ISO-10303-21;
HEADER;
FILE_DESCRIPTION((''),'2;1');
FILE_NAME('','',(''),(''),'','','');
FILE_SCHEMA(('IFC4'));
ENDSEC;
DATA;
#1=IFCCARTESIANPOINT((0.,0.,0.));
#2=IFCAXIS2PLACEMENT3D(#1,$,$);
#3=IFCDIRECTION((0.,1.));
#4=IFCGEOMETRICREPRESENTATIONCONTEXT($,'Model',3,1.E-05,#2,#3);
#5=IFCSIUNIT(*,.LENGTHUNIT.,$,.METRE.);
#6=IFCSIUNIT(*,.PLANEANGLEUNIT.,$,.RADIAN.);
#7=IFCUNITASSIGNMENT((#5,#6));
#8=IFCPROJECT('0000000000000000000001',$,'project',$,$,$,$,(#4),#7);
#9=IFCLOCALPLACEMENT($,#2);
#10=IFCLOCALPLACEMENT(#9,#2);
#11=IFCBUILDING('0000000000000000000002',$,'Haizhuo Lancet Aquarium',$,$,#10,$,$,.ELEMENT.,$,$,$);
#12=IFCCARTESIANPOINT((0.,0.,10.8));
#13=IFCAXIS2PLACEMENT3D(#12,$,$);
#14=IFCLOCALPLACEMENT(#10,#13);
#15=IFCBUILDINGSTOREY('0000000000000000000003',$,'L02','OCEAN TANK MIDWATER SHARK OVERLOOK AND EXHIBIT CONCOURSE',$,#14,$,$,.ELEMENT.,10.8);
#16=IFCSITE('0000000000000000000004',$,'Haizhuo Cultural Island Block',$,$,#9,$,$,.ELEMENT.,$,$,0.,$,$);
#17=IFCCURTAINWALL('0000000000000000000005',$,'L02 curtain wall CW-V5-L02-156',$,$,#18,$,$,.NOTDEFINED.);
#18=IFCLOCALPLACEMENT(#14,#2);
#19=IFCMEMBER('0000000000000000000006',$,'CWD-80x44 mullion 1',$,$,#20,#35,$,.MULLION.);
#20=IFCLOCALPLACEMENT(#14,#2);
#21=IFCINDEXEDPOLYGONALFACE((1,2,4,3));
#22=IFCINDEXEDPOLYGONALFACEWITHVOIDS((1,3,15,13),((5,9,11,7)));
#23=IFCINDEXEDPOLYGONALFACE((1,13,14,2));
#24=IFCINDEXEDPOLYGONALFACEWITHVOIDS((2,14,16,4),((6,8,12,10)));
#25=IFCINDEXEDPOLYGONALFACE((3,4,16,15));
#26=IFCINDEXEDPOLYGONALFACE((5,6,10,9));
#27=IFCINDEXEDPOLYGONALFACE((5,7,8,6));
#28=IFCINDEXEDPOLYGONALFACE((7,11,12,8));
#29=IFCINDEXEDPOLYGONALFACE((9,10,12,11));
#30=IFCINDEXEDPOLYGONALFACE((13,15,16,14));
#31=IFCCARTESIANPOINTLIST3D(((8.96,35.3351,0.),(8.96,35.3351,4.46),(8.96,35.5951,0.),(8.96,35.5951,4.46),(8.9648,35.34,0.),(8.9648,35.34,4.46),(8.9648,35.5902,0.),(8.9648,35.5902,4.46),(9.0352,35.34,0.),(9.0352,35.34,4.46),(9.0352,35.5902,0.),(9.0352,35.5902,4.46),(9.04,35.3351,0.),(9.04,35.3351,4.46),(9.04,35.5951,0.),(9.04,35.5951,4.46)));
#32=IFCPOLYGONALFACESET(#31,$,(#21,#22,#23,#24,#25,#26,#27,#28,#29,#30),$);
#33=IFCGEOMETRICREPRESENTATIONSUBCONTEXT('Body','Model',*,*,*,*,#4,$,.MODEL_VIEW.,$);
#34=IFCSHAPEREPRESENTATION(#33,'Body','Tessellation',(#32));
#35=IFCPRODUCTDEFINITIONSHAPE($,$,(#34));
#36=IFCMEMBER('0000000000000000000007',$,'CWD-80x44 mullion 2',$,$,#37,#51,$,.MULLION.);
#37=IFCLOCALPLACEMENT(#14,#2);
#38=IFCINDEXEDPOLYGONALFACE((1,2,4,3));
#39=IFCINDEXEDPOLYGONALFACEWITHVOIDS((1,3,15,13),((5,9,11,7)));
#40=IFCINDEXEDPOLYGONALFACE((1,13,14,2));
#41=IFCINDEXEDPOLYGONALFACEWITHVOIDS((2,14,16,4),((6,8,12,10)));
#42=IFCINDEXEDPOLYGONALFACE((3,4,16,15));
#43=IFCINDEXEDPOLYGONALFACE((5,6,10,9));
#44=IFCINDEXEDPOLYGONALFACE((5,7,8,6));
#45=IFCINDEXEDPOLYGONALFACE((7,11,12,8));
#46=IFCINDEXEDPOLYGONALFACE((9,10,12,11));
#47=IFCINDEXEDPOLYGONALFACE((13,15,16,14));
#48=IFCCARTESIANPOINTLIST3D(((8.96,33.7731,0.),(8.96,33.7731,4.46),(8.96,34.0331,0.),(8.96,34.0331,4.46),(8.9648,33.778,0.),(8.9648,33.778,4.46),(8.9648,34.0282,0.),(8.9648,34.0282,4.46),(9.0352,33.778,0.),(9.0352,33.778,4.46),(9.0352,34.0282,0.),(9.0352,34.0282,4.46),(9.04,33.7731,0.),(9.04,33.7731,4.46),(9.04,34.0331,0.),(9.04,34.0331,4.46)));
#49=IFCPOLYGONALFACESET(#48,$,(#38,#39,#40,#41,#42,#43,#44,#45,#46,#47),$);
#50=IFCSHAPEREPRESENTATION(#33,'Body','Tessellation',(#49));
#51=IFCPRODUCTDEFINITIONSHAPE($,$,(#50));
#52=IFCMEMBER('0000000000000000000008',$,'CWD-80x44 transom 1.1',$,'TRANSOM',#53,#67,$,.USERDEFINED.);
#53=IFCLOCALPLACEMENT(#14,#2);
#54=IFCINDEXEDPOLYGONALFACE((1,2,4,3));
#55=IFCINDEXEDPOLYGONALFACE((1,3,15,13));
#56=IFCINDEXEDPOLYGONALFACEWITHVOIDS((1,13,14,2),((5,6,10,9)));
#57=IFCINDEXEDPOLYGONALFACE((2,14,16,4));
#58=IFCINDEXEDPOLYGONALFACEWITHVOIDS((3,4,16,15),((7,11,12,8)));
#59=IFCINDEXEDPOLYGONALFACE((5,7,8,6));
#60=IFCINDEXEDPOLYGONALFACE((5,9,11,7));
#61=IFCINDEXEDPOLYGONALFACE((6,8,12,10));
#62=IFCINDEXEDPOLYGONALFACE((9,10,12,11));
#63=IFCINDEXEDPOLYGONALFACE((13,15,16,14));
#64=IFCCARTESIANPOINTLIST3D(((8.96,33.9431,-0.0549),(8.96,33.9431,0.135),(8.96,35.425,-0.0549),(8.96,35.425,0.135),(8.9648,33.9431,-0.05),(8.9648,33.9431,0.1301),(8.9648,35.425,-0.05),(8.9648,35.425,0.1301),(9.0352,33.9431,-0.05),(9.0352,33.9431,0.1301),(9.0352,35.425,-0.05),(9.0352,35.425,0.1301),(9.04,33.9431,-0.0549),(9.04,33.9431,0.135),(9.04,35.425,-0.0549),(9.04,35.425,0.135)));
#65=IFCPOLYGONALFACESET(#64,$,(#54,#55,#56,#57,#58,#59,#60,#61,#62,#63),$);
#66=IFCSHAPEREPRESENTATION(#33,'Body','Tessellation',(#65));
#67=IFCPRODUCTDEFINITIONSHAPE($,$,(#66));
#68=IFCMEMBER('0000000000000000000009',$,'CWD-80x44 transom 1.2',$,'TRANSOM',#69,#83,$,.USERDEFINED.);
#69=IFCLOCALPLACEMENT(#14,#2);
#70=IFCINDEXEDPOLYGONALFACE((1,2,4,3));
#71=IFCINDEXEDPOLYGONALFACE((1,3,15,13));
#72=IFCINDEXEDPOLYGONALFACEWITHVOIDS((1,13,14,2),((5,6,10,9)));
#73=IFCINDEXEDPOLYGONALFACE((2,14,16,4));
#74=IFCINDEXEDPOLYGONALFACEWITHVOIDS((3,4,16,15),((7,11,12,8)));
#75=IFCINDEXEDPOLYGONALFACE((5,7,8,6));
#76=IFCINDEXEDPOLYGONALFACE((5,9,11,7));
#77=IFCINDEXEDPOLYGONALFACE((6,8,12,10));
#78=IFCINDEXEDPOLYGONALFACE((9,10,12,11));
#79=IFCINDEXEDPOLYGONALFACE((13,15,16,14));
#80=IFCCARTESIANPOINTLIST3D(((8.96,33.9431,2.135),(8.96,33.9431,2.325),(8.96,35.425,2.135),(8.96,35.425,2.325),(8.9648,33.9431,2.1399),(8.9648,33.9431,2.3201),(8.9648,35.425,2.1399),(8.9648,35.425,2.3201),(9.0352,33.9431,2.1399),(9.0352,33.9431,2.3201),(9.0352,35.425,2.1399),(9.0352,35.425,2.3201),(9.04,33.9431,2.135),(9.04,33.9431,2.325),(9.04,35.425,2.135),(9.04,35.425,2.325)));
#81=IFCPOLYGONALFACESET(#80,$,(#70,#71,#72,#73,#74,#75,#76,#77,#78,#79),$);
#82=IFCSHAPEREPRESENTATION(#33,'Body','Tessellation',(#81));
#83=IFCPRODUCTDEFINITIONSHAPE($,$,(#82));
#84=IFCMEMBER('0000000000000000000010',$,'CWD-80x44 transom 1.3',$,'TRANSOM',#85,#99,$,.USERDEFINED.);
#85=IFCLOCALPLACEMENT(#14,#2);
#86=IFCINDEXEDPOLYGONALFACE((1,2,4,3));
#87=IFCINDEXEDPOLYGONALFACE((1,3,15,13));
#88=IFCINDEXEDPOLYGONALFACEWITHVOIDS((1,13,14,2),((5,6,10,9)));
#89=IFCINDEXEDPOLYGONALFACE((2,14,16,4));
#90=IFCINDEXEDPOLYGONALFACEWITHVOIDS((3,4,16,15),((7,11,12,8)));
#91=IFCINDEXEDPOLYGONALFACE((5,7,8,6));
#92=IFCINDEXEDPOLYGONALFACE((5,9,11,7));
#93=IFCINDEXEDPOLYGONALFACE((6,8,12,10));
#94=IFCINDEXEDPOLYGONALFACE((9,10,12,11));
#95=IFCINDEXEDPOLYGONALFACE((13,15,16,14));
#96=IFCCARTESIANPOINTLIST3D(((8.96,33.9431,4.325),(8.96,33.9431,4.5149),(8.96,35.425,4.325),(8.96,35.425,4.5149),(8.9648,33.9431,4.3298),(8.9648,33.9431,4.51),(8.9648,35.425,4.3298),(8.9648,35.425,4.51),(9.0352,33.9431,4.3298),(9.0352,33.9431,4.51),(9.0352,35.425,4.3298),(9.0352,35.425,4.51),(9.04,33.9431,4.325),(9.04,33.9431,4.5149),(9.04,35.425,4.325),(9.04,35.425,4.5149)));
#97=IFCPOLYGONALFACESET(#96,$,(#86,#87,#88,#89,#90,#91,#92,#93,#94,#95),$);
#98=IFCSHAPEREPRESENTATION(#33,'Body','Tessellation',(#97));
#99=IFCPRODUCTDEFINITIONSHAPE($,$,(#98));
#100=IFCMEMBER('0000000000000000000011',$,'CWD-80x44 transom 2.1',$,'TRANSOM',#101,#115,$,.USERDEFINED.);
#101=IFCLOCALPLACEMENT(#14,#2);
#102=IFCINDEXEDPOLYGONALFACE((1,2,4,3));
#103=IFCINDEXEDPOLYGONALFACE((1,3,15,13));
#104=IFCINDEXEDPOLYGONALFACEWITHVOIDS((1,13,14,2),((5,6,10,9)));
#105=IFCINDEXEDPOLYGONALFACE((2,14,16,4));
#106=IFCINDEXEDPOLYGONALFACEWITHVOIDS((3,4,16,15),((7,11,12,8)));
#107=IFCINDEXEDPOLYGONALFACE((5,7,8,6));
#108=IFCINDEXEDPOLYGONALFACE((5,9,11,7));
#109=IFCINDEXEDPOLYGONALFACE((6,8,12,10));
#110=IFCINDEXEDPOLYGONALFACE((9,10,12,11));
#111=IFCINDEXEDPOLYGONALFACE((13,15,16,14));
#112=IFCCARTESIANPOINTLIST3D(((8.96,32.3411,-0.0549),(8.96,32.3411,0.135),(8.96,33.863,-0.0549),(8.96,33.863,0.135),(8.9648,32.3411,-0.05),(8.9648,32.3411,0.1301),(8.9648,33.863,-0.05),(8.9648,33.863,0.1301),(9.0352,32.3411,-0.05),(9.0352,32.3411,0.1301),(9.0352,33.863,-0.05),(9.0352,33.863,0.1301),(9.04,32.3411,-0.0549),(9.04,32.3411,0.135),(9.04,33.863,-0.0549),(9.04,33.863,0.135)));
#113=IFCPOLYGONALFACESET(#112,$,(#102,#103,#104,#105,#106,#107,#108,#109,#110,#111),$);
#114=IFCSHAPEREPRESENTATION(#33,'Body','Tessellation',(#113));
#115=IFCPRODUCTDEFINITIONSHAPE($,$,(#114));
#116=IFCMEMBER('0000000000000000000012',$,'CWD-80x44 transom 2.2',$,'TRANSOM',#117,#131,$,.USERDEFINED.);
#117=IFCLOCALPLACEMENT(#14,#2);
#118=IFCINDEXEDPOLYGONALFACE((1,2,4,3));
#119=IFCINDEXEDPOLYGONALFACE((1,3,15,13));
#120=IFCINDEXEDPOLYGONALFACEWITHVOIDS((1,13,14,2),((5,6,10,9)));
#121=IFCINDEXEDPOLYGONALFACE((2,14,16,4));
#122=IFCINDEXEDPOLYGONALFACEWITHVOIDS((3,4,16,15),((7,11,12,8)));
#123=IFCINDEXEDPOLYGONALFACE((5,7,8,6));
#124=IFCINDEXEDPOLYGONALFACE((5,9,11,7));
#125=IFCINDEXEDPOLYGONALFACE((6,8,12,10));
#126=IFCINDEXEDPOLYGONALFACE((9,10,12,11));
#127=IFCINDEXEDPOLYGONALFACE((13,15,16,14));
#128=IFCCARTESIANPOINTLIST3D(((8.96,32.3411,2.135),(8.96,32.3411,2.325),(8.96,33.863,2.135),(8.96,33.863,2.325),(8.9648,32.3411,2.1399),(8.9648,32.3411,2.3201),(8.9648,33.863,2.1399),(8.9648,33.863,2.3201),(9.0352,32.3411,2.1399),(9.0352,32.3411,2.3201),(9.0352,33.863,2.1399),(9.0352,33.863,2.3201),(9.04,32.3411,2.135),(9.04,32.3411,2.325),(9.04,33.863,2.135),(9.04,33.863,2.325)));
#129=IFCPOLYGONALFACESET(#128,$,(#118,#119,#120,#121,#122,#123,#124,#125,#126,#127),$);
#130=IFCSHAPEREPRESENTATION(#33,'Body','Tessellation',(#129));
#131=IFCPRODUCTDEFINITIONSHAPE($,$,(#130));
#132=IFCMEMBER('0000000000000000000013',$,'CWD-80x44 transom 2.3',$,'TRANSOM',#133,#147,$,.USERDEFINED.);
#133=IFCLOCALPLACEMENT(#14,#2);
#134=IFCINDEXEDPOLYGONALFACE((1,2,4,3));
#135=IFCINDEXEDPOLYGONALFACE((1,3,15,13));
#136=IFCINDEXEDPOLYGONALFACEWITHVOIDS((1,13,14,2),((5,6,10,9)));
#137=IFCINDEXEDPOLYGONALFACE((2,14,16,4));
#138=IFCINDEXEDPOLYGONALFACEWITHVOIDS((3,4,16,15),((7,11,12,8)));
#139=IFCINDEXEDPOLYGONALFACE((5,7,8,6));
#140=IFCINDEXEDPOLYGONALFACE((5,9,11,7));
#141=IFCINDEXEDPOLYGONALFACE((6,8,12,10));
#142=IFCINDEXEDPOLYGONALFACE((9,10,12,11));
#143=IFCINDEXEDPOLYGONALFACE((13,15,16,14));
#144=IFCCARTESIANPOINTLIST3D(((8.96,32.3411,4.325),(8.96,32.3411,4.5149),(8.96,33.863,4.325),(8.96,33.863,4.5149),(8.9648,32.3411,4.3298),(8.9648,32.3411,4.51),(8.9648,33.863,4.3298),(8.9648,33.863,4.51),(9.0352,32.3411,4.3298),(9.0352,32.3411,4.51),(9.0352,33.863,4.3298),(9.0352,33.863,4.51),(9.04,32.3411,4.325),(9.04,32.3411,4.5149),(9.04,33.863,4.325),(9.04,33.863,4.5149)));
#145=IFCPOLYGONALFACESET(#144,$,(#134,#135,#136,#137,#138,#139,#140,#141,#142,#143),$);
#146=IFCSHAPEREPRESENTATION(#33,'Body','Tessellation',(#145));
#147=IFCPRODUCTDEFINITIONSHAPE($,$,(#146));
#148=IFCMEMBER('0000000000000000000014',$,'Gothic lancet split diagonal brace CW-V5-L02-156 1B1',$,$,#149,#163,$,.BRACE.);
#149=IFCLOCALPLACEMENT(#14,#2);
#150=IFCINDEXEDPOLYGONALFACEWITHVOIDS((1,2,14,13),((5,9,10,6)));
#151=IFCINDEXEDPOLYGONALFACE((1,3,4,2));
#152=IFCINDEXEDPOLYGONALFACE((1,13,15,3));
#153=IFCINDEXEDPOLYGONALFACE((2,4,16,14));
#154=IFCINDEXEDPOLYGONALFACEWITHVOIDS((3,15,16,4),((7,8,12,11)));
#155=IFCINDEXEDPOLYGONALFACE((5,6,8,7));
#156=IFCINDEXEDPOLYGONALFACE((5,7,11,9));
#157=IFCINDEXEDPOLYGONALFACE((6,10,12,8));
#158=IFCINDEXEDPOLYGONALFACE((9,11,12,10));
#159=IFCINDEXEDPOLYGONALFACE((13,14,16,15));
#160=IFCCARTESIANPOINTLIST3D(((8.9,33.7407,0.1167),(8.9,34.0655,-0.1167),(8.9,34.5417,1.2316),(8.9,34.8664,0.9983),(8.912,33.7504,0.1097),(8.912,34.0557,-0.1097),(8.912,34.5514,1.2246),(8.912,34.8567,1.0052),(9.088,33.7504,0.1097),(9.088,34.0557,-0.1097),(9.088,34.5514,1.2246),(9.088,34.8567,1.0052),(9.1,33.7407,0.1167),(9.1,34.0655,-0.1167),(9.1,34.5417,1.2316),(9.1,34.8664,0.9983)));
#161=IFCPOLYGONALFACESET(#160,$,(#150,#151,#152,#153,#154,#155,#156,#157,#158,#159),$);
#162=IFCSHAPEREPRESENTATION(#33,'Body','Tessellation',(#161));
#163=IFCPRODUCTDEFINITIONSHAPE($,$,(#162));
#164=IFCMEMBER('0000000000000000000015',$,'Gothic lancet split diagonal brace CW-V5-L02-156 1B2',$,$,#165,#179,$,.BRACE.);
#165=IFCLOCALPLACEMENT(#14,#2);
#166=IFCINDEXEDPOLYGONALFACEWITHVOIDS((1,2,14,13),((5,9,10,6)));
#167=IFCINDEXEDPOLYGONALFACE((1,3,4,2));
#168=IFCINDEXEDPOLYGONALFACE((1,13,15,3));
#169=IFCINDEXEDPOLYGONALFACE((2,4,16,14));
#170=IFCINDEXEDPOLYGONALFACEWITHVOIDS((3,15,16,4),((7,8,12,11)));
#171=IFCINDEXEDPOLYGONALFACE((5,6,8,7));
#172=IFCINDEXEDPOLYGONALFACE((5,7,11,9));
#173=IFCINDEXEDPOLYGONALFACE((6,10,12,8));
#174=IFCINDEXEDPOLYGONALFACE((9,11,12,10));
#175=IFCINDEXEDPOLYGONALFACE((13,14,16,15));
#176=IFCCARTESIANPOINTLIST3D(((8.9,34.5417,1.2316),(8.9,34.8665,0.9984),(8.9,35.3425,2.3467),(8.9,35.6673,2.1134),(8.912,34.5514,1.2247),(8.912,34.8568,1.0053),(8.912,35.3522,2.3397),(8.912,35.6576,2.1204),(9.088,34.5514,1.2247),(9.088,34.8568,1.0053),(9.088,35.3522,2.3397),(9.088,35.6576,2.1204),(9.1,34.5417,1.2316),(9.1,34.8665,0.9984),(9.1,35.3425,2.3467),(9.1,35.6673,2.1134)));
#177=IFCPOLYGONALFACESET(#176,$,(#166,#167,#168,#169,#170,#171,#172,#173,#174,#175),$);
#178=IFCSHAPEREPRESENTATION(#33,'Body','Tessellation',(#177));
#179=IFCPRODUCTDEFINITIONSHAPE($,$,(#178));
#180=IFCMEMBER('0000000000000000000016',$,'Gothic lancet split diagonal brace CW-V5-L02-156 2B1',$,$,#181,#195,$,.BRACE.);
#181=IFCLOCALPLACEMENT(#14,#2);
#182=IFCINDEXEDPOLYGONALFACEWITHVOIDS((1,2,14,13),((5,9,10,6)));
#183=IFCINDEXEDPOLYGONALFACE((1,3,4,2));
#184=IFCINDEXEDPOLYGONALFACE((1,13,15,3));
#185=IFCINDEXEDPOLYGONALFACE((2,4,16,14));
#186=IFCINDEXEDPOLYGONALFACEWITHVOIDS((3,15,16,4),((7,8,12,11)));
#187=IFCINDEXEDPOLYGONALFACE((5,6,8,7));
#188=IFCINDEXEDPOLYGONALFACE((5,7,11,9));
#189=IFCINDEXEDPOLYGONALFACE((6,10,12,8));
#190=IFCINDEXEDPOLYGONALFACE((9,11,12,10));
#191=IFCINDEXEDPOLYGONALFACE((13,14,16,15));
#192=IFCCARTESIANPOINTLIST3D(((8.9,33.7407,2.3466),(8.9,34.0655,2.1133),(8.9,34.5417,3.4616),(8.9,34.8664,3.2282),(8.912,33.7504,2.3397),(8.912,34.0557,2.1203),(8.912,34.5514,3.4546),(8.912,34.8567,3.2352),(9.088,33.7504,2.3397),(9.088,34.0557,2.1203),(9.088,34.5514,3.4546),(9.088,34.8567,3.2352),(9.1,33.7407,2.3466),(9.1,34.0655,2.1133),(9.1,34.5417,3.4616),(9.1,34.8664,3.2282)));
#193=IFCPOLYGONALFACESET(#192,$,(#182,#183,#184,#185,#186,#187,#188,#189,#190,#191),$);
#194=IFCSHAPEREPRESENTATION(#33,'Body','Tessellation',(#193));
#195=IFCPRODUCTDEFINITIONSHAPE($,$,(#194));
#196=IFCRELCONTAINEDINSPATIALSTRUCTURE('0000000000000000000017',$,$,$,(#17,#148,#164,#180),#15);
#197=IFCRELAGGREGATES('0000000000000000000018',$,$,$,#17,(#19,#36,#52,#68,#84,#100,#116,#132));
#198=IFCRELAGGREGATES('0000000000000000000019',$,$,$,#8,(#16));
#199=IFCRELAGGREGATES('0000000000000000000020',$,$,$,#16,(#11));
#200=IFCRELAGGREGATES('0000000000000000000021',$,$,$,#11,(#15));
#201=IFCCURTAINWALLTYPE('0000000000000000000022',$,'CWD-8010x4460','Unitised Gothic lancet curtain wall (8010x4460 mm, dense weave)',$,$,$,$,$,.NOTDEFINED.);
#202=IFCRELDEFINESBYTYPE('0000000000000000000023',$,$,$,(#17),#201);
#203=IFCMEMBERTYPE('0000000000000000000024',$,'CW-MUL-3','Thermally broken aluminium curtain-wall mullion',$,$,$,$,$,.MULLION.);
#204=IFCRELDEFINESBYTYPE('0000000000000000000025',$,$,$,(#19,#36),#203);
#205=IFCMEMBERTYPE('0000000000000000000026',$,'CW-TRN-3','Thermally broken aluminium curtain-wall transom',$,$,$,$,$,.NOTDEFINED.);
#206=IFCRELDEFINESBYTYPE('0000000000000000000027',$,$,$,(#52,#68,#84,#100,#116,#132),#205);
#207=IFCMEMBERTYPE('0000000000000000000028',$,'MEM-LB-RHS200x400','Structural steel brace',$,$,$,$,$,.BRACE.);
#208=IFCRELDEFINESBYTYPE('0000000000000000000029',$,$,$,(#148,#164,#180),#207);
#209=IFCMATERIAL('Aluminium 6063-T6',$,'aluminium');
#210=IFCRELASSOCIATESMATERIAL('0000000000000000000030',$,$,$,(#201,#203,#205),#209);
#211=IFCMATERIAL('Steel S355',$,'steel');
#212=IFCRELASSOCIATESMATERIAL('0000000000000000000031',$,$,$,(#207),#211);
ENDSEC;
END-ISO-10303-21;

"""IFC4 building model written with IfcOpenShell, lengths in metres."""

from ifc_helpers import new_model, si_unit, direction, frame, origin, origin_2d, place, context, subcontext, project, spatial, hollow_rectangle, extrude, material, material_profile, profile_set, type_object, element, aggregate, save


model = new_model("IFC4")

# Units and contexts
model_context = context("Model", 3, precision=1e-05, world=origin(), true_north=direction((0.0, 1.0)))
body_context = subcontext(model_context, "Body", "Model", "MODEL_VIEW")
ifc_project = project(units=[si_unit("LENGTHUNIT", "METRE"), si_unit("PLANEANGLEUNIT", "RADIAN")], contexts=[model_context])

# Site, building, storey
site_placement = place(None, origin())
site = spatial("IfcSite", under=ifc_project, at=site_placement, Name="Haizhuo Cultural Island Block", CompositionType="ELEMENT", RefElevation=0.0)
building_placement = place(site_placement, origin())
building = spatial("IfcBuilding", under=site, at=building_placement, Name="Haizhuo Lancet Aquarium", CompositionType="ELEMENT")
storey_placement = place(building_placement, frame((0.0, 0.0, 10.8)))
storey = spatial("IfcBuildingStorey", under=building, at=storey_placement, Name="L02", Description="OCEAN TANK MIDWATER SHARK OVERLOOK AND EXHIBIT CONCOURSE", CompositionType="ELEMENT", Elevation=10.8)

# Curtain wall, members
ifc_material_1 = material(Name="Aluminium 6063-T6", Category="aluminium")
curtain_wall_type = type_object("IfcCurtainWallType", Name="CWD-8010x4460", Description="Unitised Gothic lancet curtain wall (8010x4460 mm, dense weave)", PredefinedType="NOTDEFINED", material=ifc_material_1)
curtain_wall_placement = place(storey_placement, origin())
curtain_wall = element("IfcCurtainWall", 1, at=curtain_wall_placement, inside=storey, type_object=curtain_wall_type, Name="L02 curtain wall CW-V5-L02-156", PredefinedType="NOTDEFINED")
ifc_material_profile_1 = material_profile(ifc_material_1, hollow_rectangle(XDim=0.0801, YDim=0.26, WallThickness=0.0049, at=origin_2d()), Name="ALU-M 80x260x5")
ifc_profile_set_1 = profile_set([ifc_material_profile_1], Name="Aluminium 6063-T6")
member_type_1 = type_object("IfcMemberType", Name="CW-MUL-3", Description="Thermally broken aluminium curtain-wall mullion", PredefinedType="MULLION", material=ifc_profile_set_1)
member_1_placement = place(storey_placement, frame((9.0, 35.4651, 0.0), z_axis=(0.0, 0.0, 1.0), x_axis=(1.0, 0.0, 0.0)))
member_1 = element("IfcMember", 2, at=member_1_placement, type_object=member_type_1, Name="CWD-80x44 mullion 1", PredefinedType="MULLION", context=body_context, shape_type="SweptSolid", body=[
    extrude(hollow_rectangle(XDim=0.0801, YDim=0.26, WallThickness=0.0049, at=origin_2d()), origin(), (0.0, 0.0, 1.0), 4.46),
])
member_2_placement = place(storey_placement, frame((9.0, 33.9031, 0.0), z_axis=(0.0, 0.0, 1.0), x_axis=(1.0, 0.0, 0.0)))
member_2 = element("IfcMember", 3, at=member_2_placement, type_object=member_type_1, Name="CWD-80x44 mullion 2", PredefinedType="MULLION", context=body_context, shape_type="SweptSolid", body=[
    extrude(hollow_rectangle(XDim=0.0801, YDim=0.26, WallThickness=0.0049, at=origin_2d()), origin(), (0.0, 0.0, 1.0), 4.46),
])
ifc_material_profile_2 = material_profile(ifc_material_1, hollow_rectangle(XDim=0.0801, YDim=0.1899, WallThickness=0.0049, at=origin_2d()), Name="ALU-T 80x190x5")
ifc_profile_set_2 = profile_set([ifc_material_profile_2], Name="Aluminium 6063-T6")
member_type_2 = type_object("IfcMemberType", Name="CW-TRN-3", Description="Thermally broken aluminium curtain-wall transom", PredefinedType="NOTDEFINED", material=ifc_profile_set_2)
member_3_placement = place(storey_placement, frame((9.0, 35.425, 0.04), z_axis=(0.0, -1.0, 0.0), x_axis=(1.0, 0.0, 0.0)))
member_3 = element("IfcMember", 4, at=member_3_placement, type_object=member_type_2, Name="CWD-80x44 transom 1.1", ObjectType="TRANSOM", PredefinedType="USERDEFINED", context=body_context, shape_type="SweptSolid", body=[
    extrude(hollow_rectangle(XDim=0.0801, YDim=0.1899, WallThickness=0.0049, at=origin_2d()), origin(), (0.0, 0.0, 1.0), 1.4819),
])
member_4_placement = place(storey_placement, frame((9.0, 35.425, 2.23), z_axis=(0.0, -1.0, 0.0), x_axis=(1.0, 0.0, 0.0)))
member_4 = element("IfcMember", 5, at=member_4_placement, type_object=member_type_2, Name="CWD-80x44 transom 1.2", ObjectType="TRANSOM", PredefinedType="USERDEFINED", context=body_context, shape_type="SweptSolid", body=[
    extrude(hollow_rectangle(XDim=0.0801, YDim=0.1899, WallThickness=0.0049, at=origin_2d()), origin(), (0.0, 0.0, 1.0), 1.4819),
])
member_5_placement = place(storey_placement, frame((9.0, 35.425, 4.4199), z_axis=(0.0, -1.0, 0.0), x_axis=(1.0, 0.0, 0.0)))
member_5 = element("IfcMember", 6, at=member_5_placement, type_object=member_type_2, Name="CWD-80x44 transom 1.3", ObjectType="TRANSOM", PredefinedType="USERDEFINED", context=body_context, shape_type="SweptSolid", body=[
    extrude(hollow_rectangle(XDim=0.0801, YDim=0.1899, WallThickness=0.0049, at=origin_2d()), origin(), (0.0, 0.0, 1.0), 1.4819),
])
member_6_placement = place(storey_placement, frame((9.0, 33.863, 0.04), z_axis=(0.0, -1.0, 0.0), x_axis=(1.0, 0.0, 0.0)))
member_6 = element("IfcMember", 7, at=member_6_placement, type_object=member_type_2, Name="CWD-80x44 transom 2.1", ObjectType="TRANSOM", PredefinedType="USERDEFINED", context=body_context, shape_type="SweptSolid", body=[
    extrude(hollow_rectangle(XDim=0.0801, YDim=0.1899, WallThickness=0.0049, at=origin_2d()), origin(), (0.0, 0.0, 1.0), 1.522),
])
member_7_placement = place(storey_placement, frame((9.0, 33.863, 2.23), z_axis=(0.0, -1.0, 0.0), x_axis=(1.0, 0.0, 0.0)))
member_7 = element("IfcMember", 8, at=member_7_placement, type_object=member_type_2, Name="CWD-80x44 transom 2.2", ObjectType="TRANSOM", PredefinedType="USERDEFINED", context=body_context, shape_type="SweptSolid", body=[
    extrude(hollow_rectangle(XDim=0.0801, YDim=0.1899, WallThickness=0.0049, at=origin_2d()), origin(), (0.0, 0.0, 1.0), 1.522),
])
member_8_placement = place(storey_placement, frame((9.0, 33.863, 4.4199), z_axis=(0.0, -1.0, 0.0), x_axis=(1.0, 0.0, 0.0)))
member_8 = element("IfcMember", 9, at=member_8_placement, type_object=member_type_2, Name="CWD-80x44 transom 2.3", ObjectType="TRANSOM", PredefinedType="USERDEFINED", context=body_context, shape_type="SweptSolid", body=[
    extrude(hollow_rectangle(XDim=0.0801, YDim=0.1899, WallThickness=0.0049, at=origin_2d()), origin(), (0.0, 0.0, 1.0), 1.522),
])

# Members
ifc_material_2 = material(Name="Steel S355", Category="steel")
ifc_material_profile_3 = material_profile(ifc_material_2, hollow_rectangle(XDim=0.2, YDim=0.3999, WallThickness=0.012, at=origin_2d()), Name="RHS 200x400x12")
ifc_profile_set_3 = profile_set([ifc_material_profile_3], Name="Steel S355")
member_type_3 = type_object("IfcMemberType", Name="MEM-LB-RHS200x400", Description="Structural steel brace", PredefinedType="BRACE", material=ifc_profile_set_3)
for number, where, z_axis, x_axis, name in (
    (10, (9.0, 33.9031, 0.0), (0.0, 0.583456, 0.812144), (-1.0, 0.0, 0.0), "Gothic lancet split diagonal brace CW-V5-L02-156 1B1"),
    (11, (9.0, 34.7041, 1.115), (0.0, 0.583339, 0.812229), (-1.0, 0.0, 0.0), "Gothic lancet split diagonal brace CW-V5-L02-156 1B2"),
    (12, (9.0, 33.9031, 2.23), (0.0, 0.583456, 0.812144), (-1.0, 0.0, 0.0), "Gothic lancet split diagonal brace CW-V5-L02-156 2B1"),
):
    element("IfcMember", number, at=place(storey_placement, frame(where, z_axis=z_axis, x_axis=x_axis)), inside=storey, type_object=member_type_3, Name=name, PredefinedType="BRACE", context=body_context, shape_type="SweptSolid", body=[
        extrude(hollow_rectangle(XDim=0.2, YDim=0.3999, WallThickness=0.012, at=origin_2d()), origin(), (0.0, 0.0, 1.0), 1.3728),
    ])

aggregate(curtain_wall, [member_1, member_2, member_3, member_4, member_5, member_6, member_7, member_8])

save(model, "model.ifc")
